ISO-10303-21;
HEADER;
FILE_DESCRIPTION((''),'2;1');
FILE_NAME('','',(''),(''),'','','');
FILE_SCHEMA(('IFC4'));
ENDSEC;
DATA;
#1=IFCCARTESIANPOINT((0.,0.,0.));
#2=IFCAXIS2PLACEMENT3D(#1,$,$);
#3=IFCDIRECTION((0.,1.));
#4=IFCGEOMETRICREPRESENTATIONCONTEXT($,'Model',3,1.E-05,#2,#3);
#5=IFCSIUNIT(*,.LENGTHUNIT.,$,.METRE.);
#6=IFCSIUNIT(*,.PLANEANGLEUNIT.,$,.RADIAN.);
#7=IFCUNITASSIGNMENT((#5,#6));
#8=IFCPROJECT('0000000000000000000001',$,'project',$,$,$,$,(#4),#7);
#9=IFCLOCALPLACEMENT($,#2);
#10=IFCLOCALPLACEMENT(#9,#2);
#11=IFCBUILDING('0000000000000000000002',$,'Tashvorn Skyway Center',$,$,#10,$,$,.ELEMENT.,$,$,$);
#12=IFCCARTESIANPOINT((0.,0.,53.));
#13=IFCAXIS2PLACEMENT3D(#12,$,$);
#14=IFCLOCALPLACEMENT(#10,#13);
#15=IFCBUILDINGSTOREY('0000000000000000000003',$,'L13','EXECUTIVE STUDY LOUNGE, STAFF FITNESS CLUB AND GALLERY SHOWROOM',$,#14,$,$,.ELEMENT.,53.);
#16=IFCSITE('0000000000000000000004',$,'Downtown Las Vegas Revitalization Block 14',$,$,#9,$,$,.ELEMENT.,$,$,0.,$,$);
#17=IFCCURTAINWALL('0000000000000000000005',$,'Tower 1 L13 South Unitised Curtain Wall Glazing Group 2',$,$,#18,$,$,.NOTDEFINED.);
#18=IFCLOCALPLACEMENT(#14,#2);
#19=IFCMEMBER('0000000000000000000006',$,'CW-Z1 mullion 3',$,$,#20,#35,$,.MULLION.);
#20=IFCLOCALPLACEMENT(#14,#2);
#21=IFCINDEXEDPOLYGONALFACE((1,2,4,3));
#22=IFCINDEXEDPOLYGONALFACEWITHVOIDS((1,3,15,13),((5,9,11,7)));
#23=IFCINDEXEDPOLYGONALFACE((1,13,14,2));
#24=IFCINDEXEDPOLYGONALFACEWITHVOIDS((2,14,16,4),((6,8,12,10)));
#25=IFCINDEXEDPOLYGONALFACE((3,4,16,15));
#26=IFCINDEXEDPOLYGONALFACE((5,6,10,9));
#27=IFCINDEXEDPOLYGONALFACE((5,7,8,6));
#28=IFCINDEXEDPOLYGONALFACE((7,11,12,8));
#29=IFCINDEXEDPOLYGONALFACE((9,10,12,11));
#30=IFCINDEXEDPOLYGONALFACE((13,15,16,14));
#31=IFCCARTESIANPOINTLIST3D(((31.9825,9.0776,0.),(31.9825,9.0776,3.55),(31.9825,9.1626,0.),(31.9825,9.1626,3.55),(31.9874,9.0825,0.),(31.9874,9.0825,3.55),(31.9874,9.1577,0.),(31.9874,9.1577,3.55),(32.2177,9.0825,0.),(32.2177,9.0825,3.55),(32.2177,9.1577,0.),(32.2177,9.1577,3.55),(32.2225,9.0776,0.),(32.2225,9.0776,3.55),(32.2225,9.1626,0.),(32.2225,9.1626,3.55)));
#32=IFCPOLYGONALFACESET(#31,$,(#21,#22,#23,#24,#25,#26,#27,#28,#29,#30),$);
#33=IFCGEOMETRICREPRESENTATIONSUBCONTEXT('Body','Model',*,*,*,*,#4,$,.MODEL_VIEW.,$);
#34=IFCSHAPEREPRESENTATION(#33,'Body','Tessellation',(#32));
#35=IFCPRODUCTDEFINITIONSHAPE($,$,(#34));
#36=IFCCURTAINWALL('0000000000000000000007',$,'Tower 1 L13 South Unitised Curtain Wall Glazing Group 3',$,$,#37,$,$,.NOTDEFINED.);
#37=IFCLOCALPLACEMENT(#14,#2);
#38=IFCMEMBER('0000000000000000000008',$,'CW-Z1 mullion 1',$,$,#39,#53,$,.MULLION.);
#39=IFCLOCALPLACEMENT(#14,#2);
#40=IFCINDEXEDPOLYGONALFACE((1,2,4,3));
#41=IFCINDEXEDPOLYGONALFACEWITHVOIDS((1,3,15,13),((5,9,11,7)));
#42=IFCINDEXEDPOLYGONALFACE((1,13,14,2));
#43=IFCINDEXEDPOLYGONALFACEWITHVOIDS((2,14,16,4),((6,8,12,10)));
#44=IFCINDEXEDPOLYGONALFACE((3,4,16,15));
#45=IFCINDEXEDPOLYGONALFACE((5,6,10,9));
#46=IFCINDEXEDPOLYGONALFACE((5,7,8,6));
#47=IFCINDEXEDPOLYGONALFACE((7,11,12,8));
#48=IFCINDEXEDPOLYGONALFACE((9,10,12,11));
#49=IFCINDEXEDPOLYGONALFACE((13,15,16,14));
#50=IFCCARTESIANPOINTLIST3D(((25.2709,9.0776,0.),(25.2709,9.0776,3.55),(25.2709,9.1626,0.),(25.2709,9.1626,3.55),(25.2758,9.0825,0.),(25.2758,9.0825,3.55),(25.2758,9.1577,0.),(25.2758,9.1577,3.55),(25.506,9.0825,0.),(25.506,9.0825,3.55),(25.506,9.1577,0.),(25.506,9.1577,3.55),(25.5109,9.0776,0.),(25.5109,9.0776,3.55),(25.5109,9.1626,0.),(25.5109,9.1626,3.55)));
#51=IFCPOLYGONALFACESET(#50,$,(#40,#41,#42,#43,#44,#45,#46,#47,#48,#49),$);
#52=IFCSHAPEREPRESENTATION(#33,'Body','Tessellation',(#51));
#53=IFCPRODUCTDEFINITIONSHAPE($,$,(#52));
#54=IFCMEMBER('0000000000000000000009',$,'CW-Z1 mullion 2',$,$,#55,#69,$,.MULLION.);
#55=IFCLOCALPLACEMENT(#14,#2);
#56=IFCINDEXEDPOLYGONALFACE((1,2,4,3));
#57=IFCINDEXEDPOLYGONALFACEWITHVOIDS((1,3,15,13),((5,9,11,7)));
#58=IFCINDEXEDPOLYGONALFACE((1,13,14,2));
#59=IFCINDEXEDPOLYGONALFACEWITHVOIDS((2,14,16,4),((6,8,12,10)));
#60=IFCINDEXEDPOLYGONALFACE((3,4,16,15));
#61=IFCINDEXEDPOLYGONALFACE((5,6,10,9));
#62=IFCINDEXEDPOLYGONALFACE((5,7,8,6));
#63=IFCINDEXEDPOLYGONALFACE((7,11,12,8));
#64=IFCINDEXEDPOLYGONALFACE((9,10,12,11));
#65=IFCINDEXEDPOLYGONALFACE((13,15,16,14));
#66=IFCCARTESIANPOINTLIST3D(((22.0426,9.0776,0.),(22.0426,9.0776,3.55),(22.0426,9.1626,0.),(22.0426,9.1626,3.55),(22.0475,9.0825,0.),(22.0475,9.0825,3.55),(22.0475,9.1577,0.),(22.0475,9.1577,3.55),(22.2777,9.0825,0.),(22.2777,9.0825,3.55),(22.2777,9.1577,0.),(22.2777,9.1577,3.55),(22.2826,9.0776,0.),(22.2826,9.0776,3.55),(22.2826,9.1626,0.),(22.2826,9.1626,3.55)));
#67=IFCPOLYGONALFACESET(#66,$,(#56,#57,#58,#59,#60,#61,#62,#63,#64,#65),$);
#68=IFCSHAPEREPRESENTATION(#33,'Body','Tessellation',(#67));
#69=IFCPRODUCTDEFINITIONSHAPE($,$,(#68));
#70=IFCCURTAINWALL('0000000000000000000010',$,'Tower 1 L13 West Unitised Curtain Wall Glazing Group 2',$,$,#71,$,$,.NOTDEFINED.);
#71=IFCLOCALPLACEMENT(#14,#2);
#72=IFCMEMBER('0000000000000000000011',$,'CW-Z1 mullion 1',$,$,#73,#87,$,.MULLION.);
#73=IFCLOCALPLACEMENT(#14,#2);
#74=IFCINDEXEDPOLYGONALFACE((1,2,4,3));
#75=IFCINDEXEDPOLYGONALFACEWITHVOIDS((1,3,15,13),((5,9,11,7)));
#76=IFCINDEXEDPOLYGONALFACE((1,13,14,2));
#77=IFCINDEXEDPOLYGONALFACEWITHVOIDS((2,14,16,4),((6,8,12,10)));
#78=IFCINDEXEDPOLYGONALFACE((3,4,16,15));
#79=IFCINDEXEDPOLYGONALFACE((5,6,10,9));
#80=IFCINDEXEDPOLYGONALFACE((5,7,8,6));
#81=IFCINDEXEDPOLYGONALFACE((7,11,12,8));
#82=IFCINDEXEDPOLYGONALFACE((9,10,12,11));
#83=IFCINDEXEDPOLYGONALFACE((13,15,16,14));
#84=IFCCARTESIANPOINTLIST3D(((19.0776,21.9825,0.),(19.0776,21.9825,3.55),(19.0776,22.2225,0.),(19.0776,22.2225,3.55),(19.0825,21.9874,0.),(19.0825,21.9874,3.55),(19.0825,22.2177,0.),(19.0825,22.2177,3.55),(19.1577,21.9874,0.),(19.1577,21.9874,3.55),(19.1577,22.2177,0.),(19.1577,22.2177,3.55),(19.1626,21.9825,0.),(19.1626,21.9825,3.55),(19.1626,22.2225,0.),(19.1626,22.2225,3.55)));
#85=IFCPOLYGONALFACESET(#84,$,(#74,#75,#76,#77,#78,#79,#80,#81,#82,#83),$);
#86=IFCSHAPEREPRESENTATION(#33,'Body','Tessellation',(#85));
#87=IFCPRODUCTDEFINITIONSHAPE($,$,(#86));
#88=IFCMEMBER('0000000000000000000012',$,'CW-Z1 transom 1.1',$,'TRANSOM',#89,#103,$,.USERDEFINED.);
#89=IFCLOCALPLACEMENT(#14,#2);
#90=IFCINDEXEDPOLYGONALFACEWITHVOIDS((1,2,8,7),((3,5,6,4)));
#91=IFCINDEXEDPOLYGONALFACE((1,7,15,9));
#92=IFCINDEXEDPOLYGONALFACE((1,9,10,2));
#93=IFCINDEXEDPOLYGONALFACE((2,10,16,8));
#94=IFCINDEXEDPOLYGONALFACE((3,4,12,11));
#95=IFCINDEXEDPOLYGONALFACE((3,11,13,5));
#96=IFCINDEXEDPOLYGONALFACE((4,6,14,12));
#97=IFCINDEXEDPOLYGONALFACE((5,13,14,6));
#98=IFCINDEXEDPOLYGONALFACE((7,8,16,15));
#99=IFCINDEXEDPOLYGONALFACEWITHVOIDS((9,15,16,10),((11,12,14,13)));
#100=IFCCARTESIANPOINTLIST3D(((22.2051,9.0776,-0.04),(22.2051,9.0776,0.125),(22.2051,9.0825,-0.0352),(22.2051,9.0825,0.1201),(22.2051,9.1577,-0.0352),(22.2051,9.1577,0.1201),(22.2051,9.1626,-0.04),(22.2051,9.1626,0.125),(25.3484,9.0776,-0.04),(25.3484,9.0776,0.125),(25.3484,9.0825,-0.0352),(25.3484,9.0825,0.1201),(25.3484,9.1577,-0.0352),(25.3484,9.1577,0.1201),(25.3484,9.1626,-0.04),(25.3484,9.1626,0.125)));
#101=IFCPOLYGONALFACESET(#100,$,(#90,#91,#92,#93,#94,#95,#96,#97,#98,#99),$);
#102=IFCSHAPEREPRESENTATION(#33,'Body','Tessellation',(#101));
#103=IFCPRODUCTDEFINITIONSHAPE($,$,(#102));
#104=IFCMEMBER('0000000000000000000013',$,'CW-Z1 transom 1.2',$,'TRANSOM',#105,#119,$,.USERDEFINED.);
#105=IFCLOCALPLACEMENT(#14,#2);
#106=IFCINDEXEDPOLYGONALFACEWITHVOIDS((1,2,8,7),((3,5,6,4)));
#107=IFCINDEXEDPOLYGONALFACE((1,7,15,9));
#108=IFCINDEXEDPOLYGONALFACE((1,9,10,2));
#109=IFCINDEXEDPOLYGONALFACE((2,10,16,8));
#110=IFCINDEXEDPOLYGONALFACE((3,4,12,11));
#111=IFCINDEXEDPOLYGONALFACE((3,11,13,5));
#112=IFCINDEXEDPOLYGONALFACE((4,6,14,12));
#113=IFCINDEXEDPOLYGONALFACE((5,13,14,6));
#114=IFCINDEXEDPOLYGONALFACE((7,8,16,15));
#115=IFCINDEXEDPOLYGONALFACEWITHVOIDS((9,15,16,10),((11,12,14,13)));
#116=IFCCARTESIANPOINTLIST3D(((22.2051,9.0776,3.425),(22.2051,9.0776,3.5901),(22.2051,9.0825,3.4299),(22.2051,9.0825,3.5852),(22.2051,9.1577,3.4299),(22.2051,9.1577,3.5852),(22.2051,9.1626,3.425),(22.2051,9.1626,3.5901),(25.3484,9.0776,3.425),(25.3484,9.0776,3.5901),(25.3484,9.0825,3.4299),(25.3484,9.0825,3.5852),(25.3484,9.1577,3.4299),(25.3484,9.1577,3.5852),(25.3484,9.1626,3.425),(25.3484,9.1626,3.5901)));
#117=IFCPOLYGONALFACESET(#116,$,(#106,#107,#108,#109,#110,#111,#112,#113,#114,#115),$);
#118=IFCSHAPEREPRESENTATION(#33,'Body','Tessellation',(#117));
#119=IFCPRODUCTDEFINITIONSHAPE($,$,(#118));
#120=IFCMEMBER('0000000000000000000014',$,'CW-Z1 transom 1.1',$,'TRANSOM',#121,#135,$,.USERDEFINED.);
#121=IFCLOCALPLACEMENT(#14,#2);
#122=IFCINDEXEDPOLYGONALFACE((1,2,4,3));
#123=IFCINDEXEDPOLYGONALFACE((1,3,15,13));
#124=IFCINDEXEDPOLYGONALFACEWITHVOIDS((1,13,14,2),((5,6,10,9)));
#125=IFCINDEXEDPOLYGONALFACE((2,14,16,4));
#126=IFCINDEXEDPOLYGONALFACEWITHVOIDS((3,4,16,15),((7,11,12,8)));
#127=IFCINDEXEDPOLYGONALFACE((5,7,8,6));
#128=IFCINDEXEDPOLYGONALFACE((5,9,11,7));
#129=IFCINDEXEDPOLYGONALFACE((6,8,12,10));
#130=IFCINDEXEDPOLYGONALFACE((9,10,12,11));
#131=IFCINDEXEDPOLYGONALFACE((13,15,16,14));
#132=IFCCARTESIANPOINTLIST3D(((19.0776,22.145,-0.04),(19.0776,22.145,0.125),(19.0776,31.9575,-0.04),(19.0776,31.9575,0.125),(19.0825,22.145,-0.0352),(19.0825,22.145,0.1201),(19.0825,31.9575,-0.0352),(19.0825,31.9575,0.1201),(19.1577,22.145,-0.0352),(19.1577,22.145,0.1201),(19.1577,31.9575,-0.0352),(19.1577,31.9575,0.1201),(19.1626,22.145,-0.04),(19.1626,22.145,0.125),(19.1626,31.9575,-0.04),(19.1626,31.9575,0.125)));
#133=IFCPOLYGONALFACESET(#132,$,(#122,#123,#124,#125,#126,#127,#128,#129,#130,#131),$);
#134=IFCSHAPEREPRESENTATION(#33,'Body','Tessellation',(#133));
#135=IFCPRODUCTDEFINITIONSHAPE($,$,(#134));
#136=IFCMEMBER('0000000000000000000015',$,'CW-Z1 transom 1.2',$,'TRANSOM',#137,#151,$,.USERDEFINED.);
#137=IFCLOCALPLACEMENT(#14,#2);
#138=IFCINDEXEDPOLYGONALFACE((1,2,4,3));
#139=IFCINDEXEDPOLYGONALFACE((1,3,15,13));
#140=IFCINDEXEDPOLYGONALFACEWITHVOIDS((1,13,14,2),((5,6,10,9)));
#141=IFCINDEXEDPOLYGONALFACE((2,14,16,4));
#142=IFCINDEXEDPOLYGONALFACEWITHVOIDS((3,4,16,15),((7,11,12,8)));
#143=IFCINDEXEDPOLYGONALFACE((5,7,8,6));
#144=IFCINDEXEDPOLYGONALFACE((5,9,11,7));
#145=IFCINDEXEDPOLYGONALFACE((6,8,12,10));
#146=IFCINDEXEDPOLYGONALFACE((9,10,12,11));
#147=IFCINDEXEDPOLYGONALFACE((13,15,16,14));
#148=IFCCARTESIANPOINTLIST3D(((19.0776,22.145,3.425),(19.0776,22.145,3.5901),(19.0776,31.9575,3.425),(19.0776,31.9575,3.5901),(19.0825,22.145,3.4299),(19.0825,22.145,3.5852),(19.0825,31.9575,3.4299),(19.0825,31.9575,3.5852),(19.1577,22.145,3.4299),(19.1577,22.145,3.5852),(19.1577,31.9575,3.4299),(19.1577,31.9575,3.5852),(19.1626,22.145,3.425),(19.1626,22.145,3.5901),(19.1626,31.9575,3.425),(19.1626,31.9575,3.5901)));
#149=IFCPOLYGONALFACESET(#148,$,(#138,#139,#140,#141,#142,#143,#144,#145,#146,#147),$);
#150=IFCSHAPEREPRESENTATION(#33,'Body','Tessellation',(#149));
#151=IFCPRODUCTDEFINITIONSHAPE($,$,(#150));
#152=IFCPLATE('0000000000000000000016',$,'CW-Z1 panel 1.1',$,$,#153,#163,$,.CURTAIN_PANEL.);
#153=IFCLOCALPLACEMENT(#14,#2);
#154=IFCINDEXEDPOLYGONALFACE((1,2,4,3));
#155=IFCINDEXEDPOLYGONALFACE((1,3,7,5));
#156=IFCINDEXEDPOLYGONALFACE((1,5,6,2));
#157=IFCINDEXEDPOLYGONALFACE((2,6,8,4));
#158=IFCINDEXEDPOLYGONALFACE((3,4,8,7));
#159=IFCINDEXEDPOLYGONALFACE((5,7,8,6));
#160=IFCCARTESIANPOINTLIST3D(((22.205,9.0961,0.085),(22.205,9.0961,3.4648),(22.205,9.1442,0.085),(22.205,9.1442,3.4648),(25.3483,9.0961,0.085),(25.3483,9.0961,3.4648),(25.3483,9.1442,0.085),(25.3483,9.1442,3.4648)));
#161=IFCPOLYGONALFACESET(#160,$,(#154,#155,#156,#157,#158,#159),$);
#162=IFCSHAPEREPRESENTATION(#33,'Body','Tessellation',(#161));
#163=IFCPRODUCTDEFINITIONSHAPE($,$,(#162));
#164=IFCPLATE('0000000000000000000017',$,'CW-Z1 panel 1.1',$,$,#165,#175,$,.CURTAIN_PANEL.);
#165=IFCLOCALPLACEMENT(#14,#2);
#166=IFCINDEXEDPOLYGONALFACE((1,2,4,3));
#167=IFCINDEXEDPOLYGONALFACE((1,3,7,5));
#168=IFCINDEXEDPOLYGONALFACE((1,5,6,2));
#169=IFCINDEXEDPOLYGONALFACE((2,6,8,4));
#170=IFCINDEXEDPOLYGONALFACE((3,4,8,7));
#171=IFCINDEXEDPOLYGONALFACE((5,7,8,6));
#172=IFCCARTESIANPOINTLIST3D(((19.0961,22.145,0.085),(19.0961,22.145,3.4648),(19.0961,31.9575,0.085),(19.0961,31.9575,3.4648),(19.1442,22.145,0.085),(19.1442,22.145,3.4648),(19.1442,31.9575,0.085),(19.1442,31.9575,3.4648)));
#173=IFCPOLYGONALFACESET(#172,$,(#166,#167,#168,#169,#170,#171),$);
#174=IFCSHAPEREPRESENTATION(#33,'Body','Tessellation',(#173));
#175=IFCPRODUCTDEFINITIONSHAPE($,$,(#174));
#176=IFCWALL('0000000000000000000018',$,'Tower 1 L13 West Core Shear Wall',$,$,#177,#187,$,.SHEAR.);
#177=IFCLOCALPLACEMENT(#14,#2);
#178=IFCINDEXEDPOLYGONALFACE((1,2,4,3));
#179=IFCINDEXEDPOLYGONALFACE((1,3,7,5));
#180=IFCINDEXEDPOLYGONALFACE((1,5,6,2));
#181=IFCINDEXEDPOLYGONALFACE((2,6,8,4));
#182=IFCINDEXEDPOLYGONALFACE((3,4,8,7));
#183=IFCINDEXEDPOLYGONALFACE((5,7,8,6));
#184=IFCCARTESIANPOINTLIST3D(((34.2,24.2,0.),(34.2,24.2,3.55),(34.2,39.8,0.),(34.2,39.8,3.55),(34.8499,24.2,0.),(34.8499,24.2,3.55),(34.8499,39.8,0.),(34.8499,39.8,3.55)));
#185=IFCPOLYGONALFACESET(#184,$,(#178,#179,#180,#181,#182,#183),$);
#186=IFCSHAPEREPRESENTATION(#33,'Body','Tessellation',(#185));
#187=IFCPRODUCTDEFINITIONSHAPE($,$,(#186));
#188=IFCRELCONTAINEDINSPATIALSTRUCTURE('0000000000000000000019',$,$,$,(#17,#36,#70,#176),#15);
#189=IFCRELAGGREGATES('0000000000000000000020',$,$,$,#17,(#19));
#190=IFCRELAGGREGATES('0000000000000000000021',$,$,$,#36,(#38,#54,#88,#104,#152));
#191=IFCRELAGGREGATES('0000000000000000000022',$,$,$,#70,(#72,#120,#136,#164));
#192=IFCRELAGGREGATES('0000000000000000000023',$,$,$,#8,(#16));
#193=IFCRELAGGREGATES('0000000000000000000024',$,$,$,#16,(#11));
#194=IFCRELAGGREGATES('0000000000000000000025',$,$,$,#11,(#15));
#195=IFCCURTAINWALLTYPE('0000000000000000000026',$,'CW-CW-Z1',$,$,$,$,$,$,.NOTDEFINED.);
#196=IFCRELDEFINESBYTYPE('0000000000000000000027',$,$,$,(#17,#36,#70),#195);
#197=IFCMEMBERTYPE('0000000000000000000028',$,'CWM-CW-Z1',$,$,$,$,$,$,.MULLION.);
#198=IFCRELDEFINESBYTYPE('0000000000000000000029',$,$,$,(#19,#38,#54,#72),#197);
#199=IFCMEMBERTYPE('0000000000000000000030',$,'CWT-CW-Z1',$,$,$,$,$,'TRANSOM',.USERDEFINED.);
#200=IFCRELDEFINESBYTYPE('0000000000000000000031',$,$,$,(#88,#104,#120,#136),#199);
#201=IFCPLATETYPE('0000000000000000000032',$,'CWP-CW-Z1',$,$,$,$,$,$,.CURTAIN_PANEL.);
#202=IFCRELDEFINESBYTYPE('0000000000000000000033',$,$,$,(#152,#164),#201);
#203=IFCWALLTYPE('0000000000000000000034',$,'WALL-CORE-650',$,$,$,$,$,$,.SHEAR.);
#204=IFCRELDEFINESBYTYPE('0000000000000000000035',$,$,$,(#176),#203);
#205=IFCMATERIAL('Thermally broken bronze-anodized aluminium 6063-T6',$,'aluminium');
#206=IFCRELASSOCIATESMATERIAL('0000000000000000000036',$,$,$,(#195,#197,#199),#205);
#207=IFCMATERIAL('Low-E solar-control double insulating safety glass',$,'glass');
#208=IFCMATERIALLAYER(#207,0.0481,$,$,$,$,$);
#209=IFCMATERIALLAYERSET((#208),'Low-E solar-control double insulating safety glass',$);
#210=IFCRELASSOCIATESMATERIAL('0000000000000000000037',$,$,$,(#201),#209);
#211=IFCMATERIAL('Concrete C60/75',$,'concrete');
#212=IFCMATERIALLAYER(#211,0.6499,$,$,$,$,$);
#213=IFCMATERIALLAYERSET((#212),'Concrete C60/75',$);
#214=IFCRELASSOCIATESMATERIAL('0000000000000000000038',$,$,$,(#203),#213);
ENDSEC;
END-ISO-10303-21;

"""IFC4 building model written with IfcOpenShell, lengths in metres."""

from ifc_helpers import new_model, si_unit, direction, frame, frame_2d, origin, origin_2d, place, context, subcontext, project, spatial, rectangle, hollow_rectangle, extrude, material, layer, layer_set, material_profile, profile_set, type_object, element, aggregate, save


model = new_model("IFC4")

# Units and contexts
model_context = context("Model", 3, precision=1e-05, world=origin(), true_north=direction((0.0, 1.0)))
body_context = subcontext(model_context, "Body", "Model", "MODEL_VIEW")
ifc_project = project(units=[si_unit("LENGTHUNIT", "METRE"), si_unit("PLANEANGLEUNIT", "RADIAN")], contexts=[model_context])

# Site, building, storey
site_placement = place(None, origin())
site = spatial("IfcSite", under=ifc_project, at=site_placement, Name="Downtown Las Vegas Revitalization Block 14", CompositionType="ELEMENT", RefElevation=0.0)
building_placement = place(site_placement, origin())
building = spatial("IfcBuilding", under=site, at=building_placement, Name="Tashvorn Skyway Center", CompositionType="ELEMENT")
storey_placement = place(building_placement, frame((0.0, 0.0, 53.0)))
storey = spatial("IfcBuildingStorey", under=building, at=storey_placement, Name="L13", Description="EXECUTIVE STUDY LOUNGE, STAFF FITNESS CLUB AND GALLERY SHOWROOM", CompositionType="ELEMENT", Elevation=53.0)

# Curtain wall, member
ifc_material_1 = material(Name="Thermally broken bronze-anodized aluminium 6063-T6", Category="aluminium")
curtain_wall_type = type_object("IfcCurtainWallType", Name="CW-CW-Z1", PredefinedType="NOTDEFINED", material=ifc_material_1)
curtain_wall_1_placement = place(storey_placement, origin())
curtain_wall_1 = element("IfcCurtainWall", 1, at=curtain_wall_1_placement, inside=storey, type_object=curtain_wall_type, Name="Tower 1 L13 South Unitised Curtain Wall Glazing Group 2", PredefinedType="NOTDEFINED")
ifc_material_profile_1 = material_profile(ifc_material_1, hollow_rectangle(XDim=0.085, YDim=0.24, WallThickness=0.0049, at=origin_2d()), Name="ALU-MULL-85x240")
ifc_profile_set_1 = profile_set([ifc_material_profile_1], Name="Thermally broken bronze-anodized aluminium 6063-T6")
member_type_1 = type_object("IfcMemberType", Name="CWM-CW-Z1", PredefinedType="MULLION", material=ifc_profile_set_1)
member_1_placement = place(storey_placement, frame((32.1025, 9.1201, 0.0), z_axis=(0.0, 0.0, 1.0), x_axis=(0.0, -1.0, 0.0)))
member_1 = element("IfcMember", 2, at=member_1_placement, type_object=member_type_1, Name="CW-Z1 mullion 3", PredefinedType="MULLION", context=body_context, shape_type="SweptSolid", body=[
    extrude(hollow_rectangle(XDim=0.085, YDim=0.24, WallThickness=0.0049, at=origin_2d()), origin(), (0.0, 0.0, 1.0), 3.55),
])
aggregate(curtain_wall_1, [member_1])

# Curtain wall, members
curtain_wall_2_placement = place(storey_placement, origin())
curtain_wall_2 = element("IfcCurtainWall", 3, at=curtain_wall_2_placement, inside=storey, type_object=curtain_wall_type, Name="Tower 1 L13 South Unitised Curtain Wall Glazing Group 3", PredefinedType="NOTDEFINED")
member_2_placement = place(storey_placement, frame((25.3909, 9.1201, 0.0), z_axis=(0.0, 0.0, 1.0), x_axis=(0.0, -1.0, 0.0)))
member_2 = element("IfcMember", 4, at=member_2_placement, type_object=member_type_1, Name="CW-Z1 mullion 1", PredefinedType="MULLION", context=body_context, shape_type="SweptSolid", body=[
    extrude(hollow_rectangle(XDim=0.085, YDim=0.24, WallThickness=0.0049, at=origin_2d()), origin(), (0.0, 0.0, 1.0), 3.55),
])
member_3_placement = place(storey_placement, frame((22.1626, 9.1201, 0.0), z_axis=(0.0, 0.0, 1.0), x_axis=(0.0, -1.0, 0.0)))
member_3 = element("IfcMember", 5, at=member_3_placement, type_object=member_type_1, Name="CW-Z1 mullion 2", PredefinedType="MULLION", context=body_context, shape_type="SweptSolid", body=[
    extrude(hollow_rectangle(XDim=0.085, YDim=0.24, WallThickness=0.0049, at=origin_2d()), origin(), (0.0, 0.0, 1.0), 3.55),
])

# Curtain wall, member
curtain_wall_3_placement = place(storey_placement, origin())
curtain_wall_3 = element("IfcCurtainWall", 6, at=curtain_wall_3_placement, inside=storey, type_object=curtain_wall_type, Name="Tower 1 L13 West Unitised Curtain Wall Glazing Group 2", PredefinedType="NOTDEFINED")
member_4_placement = place(storey_placement, frame((19.1201, 22.1025, 0.0), z_axis=(0.0, 0.0, 1.0), x_axis=(-1.0, 0.0, 0.0)))
member_4 = element("IfcMember", 7, at=member_4_placement, type_object=member_type_1, Name="CW-Z1 mullion 1", PredefinedType="MULLION", context=body_context, shape_type="SweptSolid", body=[
    extrude(hollow_rectangle(XDim=0.085, YDim=0.24, WallThickness=0.0049, at=origin_2d()), origin(), (0.0, 0.0, 1.0), 3.55),
])

# Members
ifc_material_profile_2 = material_profile(ifc_material_1, hollow_rectangle(XDim=0.085, YDim=0.165, WallThickness=0.0049, at=origin_2d()), Name="ALU-TRAN-85x165")
ifc_profile_set_2 = profile_set([ifc_material_profile_2], Name="Thermally broken bronze-anodized aluminium 6063-T6")
member_type_2 = type_object("IfcMemberType", Name="CWT-CW-Z1", ElementType="TRANSOM", PredefinedType="USERDEFINED", material=ifc_profile_set_2)
member_5_placement = place(storey_placement, frame((25.3484, 9.1201, 0.0425), z_axis=(-1.0, 0.0, 0.0), x_axis=(0.0, -1.0, 0.0)))
member_5 = element("IfcMember", 8, at=member_5_placement, type_object=member_type_2, Name="CW-Z1 transom 1.1", ObjectType="TRANSOM", PredefinedType="USERDEFINED", context=body_context, shape_type="SweptSolid", body=[
    extrude(hollow_rectangle(XDim=0.085, YDim=0.165, WallThickness=0.0049, at=origin_2d()), origin(), (0.0, 0.0, 1.0), 3.1433),
])
member_6_placement = place(storey_placement, frame((25.3484, 9.1201, 3.5076), z_axis=(-1.0, 0.0, 0.0), x_axis=(0.0, -1.0, 0.0)))
member_6 = element("IfcMember", 9, at=member_6_placement, type_object=member_type_2, Name="CW-Z1 transom 1.2", ObjectType="TRANSOM", PredefinedType="USERDEFINED", context=body_context, shape_type="SweptSolid", body=[
    extrude(hollow_rectangle(XDim=0.085, YDim=0.165, WallThickness=0.0049, at=origin_2d()), origin(), (0.0, 0.0, 1.0), 3.1433),
])
member_7_placement = place(storey_placement, frame((19.1201, 22.145, 0.0425), z_axis=(0.0, 1.0, 0.0), x_axis=(-1.0, 0.0, 0.0)))
member_7 = element("IfcMember", 10, at=member_7_placement, type_object=member_type_2, Name="CW-Z1 transom 1.1", ObjectType="TRANSOM", PredefinedType="USERDEFINED", context=body_context, shape_type="SweptSolid", body=[
    extrude(hollow_rectangle(XDim=0.085, YDim=0.165, WallThickness=0.0049, at=origin_2d()), origin(), (0.0, 0.0, 1.0), 9.8125),
])
member_8_placement = place(storey_placement, frame((19.1201, 22.145, 3.5076), z_axis=(0.0, 1.0, 0.0), x_axis=(-1.0, 0.0, 0.0)))
member_8 = element("IfcMember", 11, at=member_8_placement, type_object=member_type_2, Name="CW-Z1 transom 1.2", ObjectType="TRANSOM", PredefinedType="USERDEFINED", context=body_context, shape_type="SweptSolid", body=[
    extrude(hollow_rectangle(XDim=0.085, YDim=0.165, WallThickness=0.0049, at=origin_2d()), origin(), (0.0, 0.0, 1.0), 9.8125),
])

# Plates
ifc_material_2 = material(Name="Low-E solar-control double insulating safety glass", Category="glass")
ifc_layer_1 = layer(ifc_material_2, 0.0481)
ifc_layer_set_1 = layer_set([ifc_layer_1], Name="Low-E solar-control double insulating safety glass")
plate_type = type_object("IfcPlateType", Name="CWP-CW-Z1", PredefinedType="CURTAIN_PANEL", material=ifc_layer_set_1)
plate_1_placement = place(storey_placement, frame((23.7766, 9.1201, 0.085), z_axis=(0.0, 0.0, 1.0), x_axis=(-1.0, 0.0, 0.0)))
plate_1 = element("IfcPlate", 12, at=plate_1_placement, type_object=plate_type, Name="CW-Z1 panel 1.1", PredefinedType="CURTAIN_PANEL", context=body_context, shape_type="SweptSolid", body=[
    extrude(rectangle(XDim=3.1433, YDim=0.0481, at=origin_2d()), origin(), (0.0, 0.0, 1.0), 3.3799),
])
aggregate(curtain_wall_2, [member_2, member_3, member_5, member_6, plate_1])
plate_2_placement = place(storey_placement, frame((19.1201, 27.0513, 0.085), z_axis=(0.0, 0.0, 1.0), x_axis=(0.0, 1.0, 0.0)))
plate_2 = element("IfcPlate", 13, at=plate_2_placement, type_object=plate_type, Name="CW-Z1 panel 1.1", PredefinedType="CURTAIN_PANEL", context=body_context, shape_type="SweptSolid", body=[
    extrude(rectangle(XDim=9.8125, YDim=0.0481, at=origin_2d()), origin(), (0.0, 0.0, 1.0), 3.3799),
])
aggregate(curtain_wall_3, [member_4, member_7, member_8, plate_2])

# Wall
ifc_material_3 = material(Name="Concrete C60/75", Category="concrete")
ifc_layer_2 = layer(ifc_material_3, 0.6499)
ifc_layer_set_2 = layer_set([ifc_layer_2], Name="Concrete C60/75")
wall_type_1 = type_object("IfcWallType", Name="WALL-CORE-650", PredefinedType="SHEAR", material=ifc_layer_set_2)
wall_1_placement = place(storey_placement, frame((34.5249, 24.2, 0.0), z_axis=(0.0, 0.0, 1.0), x_axis=(0.0, 1.0, 0.0)))
element("IfcWall", 14, at=wall_1_placement, inside=storey, type_object=wall_type_1, Name="Tower 1 L13 West Core Shear Wall", PredefinedType="SHEAR", context=body_context, shape_type="SweptSolid", body=[
    extrude(rectangle(XDim=15.6001, YDim=0.6499, at=frame_2d((7.8, 0.0))), origin(), (0.0, 0.0, 1.0), 3.55),
])

save(model, "model.ifc")
